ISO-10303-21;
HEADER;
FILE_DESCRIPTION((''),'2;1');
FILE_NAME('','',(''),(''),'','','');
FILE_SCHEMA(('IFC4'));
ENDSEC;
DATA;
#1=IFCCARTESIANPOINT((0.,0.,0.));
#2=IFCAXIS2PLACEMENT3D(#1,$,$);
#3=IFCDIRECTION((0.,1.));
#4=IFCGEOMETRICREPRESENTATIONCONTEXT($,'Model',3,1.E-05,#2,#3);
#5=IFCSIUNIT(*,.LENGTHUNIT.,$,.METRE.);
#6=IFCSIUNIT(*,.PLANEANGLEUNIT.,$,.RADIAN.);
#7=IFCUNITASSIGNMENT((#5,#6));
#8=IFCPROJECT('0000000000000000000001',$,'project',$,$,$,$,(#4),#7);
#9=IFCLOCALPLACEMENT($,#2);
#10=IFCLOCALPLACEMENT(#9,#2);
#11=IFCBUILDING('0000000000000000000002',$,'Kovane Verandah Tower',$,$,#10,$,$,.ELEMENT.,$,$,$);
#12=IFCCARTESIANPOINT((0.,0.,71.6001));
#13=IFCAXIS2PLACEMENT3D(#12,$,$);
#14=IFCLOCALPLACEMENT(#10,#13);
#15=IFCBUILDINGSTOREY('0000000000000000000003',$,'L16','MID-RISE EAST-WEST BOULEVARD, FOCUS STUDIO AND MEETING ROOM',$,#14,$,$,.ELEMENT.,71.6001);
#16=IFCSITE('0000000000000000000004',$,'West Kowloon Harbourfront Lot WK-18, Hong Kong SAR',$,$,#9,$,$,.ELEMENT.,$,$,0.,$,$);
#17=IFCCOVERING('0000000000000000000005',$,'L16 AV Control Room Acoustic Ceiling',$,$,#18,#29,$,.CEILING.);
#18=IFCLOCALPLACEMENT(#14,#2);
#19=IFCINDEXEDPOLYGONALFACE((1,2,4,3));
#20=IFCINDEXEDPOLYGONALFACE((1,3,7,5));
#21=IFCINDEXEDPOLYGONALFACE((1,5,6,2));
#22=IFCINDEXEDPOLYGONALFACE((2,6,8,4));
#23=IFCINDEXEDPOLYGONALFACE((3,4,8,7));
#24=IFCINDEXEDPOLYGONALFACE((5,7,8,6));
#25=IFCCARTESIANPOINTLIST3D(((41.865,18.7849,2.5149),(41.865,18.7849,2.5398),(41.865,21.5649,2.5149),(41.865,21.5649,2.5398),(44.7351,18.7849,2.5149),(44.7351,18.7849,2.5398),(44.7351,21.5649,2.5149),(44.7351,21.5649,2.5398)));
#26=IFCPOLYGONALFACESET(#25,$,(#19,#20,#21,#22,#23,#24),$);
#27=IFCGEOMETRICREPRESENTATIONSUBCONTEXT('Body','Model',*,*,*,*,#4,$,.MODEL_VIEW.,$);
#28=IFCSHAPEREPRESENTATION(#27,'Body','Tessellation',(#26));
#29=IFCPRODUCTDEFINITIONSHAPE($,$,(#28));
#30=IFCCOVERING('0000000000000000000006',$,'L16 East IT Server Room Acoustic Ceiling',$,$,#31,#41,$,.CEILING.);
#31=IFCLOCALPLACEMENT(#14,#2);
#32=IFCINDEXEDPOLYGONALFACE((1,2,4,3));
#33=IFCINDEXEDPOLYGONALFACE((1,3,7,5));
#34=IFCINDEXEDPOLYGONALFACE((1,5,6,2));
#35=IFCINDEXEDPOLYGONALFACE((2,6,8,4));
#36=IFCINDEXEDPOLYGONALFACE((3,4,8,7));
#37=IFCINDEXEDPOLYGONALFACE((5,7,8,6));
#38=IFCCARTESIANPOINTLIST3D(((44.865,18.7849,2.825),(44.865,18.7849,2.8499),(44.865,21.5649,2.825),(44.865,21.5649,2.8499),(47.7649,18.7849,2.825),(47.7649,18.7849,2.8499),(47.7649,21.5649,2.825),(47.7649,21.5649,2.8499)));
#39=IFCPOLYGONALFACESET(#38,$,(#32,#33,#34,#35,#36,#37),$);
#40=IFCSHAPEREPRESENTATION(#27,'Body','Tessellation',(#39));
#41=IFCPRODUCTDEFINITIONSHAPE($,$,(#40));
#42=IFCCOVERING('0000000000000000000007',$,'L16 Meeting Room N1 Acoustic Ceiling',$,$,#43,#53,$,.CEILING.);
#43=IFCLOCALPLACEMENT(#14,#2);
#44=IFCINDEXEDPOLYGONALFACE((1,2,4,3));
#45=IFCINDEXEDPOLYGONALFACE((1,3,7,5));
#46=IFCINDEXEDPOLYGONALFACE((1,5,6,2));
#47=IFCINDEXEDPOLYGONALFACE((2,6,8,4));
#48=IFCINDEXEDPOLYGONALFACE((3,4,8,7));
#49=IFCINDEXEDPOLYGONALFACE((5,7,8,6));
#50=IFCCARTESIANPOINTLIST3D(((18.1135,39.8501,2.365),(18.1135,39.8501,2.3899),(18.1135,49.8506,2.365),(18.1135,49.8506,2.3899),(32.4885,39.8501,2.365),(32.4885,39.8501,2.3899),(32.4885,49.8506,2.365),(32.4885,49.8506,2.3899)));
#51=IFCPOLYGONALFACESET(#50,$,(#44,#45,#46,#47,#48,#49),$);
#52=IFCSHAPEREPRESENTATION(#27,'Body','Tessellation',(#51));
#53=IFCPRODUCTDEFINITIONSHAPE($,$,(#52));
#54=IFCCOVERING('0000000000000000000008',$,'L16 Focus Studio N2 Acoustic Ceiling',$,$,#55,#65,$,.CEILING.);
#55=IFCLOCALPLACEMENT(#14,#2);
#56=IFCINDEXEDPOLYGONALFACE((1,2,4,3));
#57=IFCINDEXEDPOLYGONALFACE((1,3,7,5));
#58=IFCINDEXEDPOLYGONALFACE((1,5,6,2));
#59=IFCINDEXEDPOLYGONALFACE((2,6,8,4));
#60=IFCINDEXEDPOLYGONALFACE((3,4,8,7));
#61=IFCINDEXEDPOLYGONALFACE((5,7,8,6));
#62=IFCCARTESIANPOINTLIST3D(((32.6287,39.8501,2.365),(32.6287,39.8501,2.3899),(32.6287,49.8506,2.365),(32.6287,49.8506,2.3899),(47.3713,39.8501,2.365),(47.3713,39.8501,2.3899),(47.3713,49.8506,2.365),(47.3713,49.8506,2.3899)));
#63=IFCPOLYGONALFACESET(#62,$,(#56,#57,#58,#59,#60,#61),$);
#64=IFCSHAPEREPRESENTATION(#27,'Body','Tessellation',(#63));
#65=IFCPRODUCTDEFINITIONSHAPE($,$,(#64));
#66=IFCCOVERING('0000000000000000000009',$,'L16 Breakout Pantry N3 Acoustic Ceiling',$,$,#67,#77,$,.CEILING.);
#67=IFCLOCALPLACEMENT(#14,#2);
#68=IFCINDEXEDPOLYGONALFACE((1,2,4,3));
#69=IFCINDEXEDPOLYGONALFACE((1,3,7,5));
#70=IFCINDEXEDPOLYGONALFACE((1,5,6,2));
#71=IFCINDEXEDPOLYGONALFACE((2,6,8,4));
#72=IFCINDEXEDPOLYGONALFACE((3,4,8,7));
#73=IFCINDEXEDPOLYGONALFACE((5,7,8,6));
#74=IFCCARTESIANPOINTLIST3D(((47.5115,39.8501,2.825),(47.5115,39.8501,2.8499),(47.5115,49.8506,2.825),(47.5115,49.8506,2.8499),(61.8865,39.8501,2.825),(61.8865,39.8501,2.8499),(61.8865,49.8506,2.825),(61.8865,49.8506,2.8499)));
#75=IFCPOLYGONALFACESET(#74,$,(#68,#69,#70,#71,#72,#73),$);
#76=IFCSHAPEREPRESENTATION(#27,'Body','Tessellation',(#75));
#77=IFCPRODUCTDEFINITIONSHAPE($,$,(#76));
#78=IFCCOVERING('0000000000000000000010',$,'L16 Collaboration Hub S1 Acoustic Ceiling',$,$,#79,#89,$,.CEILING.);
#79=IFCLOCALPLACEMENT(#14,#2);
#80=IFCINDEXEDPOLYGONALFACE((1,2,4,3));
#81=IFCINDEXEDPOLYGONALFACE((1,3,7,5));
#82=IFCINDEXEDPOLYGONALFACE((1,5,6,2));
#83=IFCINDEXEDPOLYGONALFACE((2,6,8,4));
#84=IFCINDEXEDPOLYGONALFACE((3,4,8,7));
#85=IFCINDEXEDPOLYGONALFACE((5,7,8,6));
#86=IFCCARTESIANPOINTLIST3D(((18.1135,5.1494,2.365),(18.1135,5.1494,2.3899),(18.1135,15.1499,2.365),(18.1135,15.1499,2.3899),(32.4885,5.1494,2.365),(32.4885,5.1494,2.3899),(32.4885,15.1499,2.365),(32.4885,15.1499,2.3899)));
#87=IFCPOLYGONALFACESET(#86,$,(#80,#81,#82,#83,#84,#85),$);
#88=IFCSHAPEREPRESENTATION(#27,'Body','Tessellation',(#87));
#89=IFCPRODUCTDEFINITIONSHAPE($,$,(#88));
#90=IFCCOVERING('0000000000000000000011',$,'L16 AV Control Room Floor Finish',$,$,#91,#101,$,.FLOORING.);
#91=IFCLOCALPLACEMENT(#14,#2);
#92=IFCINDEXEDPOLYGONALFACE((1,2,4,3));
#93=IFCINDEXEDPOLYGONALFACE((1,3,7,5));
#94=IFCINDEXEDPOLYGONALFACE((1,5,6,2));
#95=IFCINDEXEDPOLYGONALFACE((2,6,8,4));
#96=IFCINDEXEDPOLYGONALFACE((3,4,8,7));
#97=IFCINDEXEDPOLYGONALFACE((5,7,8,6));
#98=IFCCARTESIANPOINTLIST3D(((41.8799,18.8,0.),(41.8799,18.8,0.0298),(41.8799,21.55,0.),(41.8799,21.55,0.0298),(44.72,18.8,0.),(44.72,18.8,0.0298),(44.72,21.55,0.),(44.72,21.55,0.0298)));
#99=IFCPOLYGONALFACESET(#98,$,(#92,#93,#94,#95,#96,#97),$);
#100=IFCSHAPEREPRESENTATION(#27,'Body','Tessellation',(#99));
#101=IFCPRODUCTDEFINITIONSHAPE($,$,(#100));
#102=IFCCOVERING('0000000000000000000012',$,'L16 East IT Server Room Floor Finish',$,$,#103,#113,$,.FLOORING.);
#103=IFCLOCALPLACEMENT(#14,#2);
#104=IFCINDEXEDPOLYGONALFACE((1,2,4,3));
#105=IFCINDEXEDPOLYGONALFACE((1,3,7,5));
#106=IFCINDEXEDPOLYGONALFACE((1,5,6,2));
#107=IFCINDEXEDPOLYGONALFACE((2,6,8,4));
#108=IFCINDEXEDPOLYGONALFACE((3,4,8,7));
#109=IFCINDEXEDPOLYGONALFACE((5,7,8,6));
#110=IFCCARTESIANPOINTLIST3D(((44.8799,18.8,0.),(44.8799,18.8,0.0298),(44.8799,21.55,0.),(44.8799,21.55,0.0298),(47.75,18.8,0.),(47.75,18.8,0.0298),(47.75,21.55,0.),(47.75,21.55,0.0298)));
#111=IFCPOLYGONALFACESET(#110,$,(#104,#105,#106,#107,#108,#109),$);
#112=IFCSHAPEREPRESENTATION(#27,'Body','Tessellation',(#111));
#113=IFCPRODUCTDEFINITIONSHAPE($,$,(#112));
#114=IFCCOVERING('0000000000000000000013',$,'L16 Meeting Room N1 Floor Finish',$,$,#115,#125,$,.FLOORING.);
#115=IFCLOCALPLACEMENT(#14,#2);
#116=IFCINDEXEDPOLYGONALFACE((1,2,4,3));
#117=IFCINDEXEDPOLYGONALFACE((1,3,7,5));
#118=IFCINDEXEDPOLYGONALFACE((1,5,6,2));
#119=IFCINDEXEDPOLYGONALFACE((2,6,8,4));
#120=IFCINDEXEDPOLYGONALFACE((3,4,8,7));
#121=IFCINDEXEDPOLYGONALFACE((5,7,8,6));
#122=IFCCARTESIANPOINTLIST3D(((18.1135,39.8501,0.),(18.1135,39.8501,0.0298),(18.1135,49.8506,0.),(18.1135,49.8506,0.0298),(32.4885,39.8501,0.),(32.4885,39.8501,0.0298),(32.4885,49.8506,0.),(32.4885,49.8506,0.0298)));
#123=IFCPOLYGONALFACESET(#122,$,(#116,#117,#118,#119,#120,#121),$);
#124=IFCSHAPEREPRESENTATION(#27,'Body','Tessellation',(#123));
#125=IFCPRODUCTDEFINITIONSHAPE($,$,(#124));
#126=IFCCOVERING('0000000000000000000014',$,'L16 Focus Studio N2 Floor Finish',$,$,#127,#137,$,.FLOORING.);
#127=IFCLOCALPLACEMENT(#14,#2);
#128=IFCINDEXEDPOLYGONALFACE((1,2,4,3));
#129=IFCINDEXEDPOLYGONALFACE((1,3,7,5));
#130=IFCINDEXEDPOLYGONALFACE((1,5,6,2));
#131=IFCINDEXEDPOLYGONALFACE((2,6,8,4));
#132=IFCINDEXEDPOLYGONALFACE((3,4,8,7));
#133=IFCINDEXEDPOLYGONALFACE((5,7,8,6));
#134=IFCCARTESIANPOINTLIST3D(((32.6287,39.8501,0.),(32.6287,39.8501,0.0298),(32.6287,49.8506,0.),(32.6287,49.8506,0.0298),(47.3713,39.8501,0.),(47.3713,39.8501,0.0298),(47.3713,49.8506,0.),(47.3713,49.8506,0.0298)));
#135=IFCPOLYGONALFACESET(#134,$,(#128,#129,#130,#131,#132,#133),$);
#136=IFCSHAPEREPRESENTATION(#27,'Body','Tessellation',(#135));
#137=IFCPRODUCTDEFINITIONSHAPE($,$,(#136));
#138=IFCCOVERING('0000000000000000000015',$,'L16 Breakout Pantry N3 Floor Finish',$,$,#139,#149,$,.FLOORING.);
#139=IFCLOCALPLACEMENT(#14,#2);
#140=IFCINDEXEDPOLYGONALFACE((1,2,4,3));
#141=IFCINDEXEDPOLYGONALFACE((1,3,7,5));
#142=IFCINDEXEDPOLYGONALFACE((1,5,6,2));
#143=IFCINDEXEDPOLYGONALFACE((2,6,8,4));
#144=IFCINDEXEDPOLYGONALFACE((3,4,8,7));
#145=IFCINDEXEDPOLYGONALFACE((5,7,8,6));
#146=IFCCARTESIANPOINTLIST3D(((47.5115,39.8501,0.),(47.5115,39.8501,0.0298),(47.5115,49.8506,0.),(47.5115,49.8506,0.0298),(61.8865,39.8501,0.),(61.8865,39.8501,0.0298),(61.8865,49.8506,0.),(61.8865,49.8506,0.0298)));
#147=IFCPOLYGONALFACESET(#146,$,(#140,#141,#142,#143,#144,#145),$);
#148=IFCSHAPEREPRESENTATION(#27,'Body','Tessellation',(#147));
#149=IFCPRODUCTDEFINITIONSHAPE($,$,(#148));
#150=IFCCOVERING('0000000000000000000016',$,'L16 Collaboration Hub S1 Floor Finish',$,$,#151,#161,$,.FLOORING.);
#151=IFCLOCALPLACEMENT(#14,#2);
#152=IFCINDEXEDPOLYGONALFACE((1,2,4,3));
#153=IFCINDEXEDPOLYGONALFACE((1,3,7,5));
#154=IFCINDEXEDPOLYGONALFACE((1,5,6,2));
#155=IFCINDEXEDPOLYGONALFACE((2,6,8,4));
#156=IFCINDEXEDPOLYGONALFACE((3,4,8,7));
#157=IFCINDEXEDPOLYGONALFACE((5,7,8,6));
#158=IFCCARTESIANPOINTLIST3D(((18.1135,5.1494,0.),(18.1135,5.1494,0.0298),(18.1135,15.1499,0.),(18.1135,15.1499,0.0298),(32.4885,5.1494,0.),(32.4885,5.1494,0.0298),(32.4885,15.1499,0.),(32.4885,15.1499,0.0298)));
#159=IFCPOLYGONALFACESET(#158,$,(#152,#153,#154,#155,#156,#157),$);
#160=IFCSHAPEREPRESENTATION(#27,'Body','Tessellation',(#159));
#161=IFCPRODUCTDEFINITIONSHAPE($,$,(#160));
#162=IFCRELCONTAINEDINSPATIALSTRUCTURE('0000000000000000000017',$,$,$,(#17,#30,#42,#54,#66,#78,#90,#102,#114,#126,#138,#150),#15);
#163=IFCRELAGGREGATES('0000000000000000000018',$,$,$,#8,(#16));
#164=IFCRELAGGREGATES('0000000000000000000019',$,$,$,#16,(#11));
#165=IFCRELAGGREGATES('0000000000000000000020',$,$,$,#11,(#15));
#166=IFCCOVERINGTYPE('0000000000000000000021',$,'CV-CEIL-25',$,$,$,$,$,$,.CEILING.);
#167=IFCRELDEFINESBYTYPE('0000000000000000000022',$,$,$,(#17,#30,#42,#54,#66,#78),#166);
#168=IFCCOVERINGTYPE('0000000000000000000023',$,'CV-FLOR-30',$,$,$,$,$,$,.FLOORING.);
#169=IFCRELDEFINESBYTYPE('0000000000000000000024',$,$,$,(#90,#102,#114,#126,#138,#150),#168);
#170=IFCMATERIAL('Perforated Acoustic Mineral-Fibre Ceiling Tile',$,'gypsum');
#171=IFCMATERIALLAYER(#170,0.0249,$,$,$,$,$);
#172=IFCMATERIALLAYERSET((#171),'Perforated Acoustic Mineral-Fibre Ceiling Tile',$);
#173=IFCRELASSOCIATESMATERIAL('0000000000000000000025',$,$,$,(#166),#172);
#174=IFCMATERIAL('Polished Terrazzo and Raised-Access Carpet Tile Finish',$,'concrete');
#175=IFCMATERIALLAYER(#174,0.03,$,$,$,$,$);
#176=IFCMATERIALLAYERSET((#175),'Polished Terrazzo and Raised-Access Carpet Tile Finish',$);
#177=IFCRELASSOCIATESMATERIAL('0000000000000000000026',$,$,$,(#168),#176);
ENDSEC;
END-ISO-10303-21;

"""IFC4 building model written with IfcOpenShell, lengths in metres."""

from ifc_helpers import new_model, si_unit, direction, frame, origin, place, context, subcontext, project, spatial, polyline, outline, extrude, material, layer, layer_set, type_object, element, save


model = new_model("IFC4")

# Units and contexts
model_context = context("Model", 3, precision=1e-05, world=origin(), true_north=direction((0.0, 1.0)))
body_context = subcontext(model_context, "Body", "Model", "MODEL_VIEW")
ifc_project = project(units=[si_unit("LENGTHUNIT", "METRE"), si_unit("PLANEANGLEUNIT", "RADIAN")], contexts=[model_context])

# Site, building, storey
site_placement = place(None, origin())
site = spatial("IfcSite", under=ifc_project, at=site_placement, Name="West Kowloon Harbourfront Lot WK-18, Hong Kong SAR", CompositionType="ELEMENT", RefElevation=0.0)
building_placement = place(site_placement, origin())
building = spatial("IfcBuilding", under=site, at=building_placement, Name="Kovane Verandah Tower", CompositionType="ELEMENT")
storey_placement = place(building_placement, frame((0.0, 0.0, 71.6001)))
storey = spatial("IfcBuildingStorey", under=building, at=storey_placement, Name="L16", Description="MID-RISE EAST-WEST BOULEVARD, FOCUS STUDIO AND MEETING ROOM", CompositionType="ELEMENT", Elevation=71.6001)

# Coverings
ifc_material_1 = material(Name="Perforated Acoustic Mineral-Fibre Ceiling Tile", Category="gypsum")
ifc_layer_1 = layer(ifc_material_1, 0.0249)
ifc_layer_set_1 = layer_set([ifc_layer_1], Name="Perforated Acoustic Mineral-Fibre Ceiling Tile")
covering_type_1 = type_object("IfcCoveringType", Name="CV-CEIL-25", PredefinedType="CEILING", material=ifc_layer_set_1)
covering_1_placement = place(storey_placement, frame((0.0, 0.0, 2.5149)))
element("IfcCovering", 1, at=covering_1_placement, inside=storey, type_object=covering_type_1, Name="L16 AV Control Room Acoustic Ceiling", PredefinedType="CEILING", context=body_context, shape_type="SweptSolid", body=[
    extrude(outline(polyline([(41.865, 18.7849), (44.7351, 18.7849), (44.7351, 21.5649), (41.865, 21.5649), (41.865, 18.7849)])), origin(), (0.0, 0.0, 1.0), 0.0249),
])
covering_2_placement = place(storey_placement, frame((0.0, 0.0, 2.825)))
element("IfcCovering", 2, at=covering_2_placement, inside=storey, type_object=covering_type_1, Name="L16 East IT Server Room Acoustic Ceiling", PredefinedType="CEILING", context=body_context, shape_type="SweptSolid", body=[
    extrude(outline(polyline([(44.865, 18.7849), (47.7649, 18.7849), (47.7649, 21.5649), (44.865, 21.5649), (44.865, 18.7849)])), origin(), (0.0, 0.0, 1.0), 0.0249),
])
covering_3_placement = place(storey_placement, frame((0.0, 0.0, 2.365)))
element("IfcCovering", 3, at=covering_3_placement, inside=storey, type_object=covering_type_1, Name="L16 Meeting Room N1 Acoustic Ceiling", PredefinedType="CEILING", context=body_context, shape_type="SweptSolid", body=[
    extrude(outline(polyline([(18.1135, 39.8501), (32.4885, 39.8501), (32.4885, 49.8506), (18.1135, 49.8506), (18.1135, 39.8501)])), origin(), (0.0, 0.0, 1.0), 0.0249),
])
covering_4_placement = place(storey_placement, frame((0.0, 0.0, 2.365)))
element("IfcCovering", 4, at=covering_4_placement, inside=storey, type_object=covering_type_1, Name="L16 Focus Studio N2 Acoustic Ceiling", PredefinedType="CEILING", context=body_context, shape_type="SweptSolid", body=[
    extrude(outline(polyline([(32.6287, 39.8501), (47.3713, 39.8501), (47.3713, 49.8506), (32.6287, 49.8506), (32.6287, 39.8501)])), origin(), (0.0, 0.0, 1.0), 0.0249),
])
covering_5_placement = place(storey_placement, frame((0.0, 0.0, 2.825)))
element("IfcCovering", 5, at=covering_5_placement, inside=storey, type_object=covering_type_1, Name="L16 Breakout Pantry N3 Acoustic Ceiling", PredefinedType="CEILING", context=body_context, shape_type="SweptSolid", body=[
    extrude(outline(polyline([(47.5115, 39.8501), (61.8865, 39.8501), (61.8865, 49.8506), (47.5115, 49.8506), (47.5115, 39.8501)])), origin(), (0.0, 0.0, 1.0), 0.0249),
])
covering_6_placement = place(storey_placement, frame((0.0, 0.0, 2.365)))
element("IfcCovering", 6, at=covering_6_placement, inside=storey, type_object=covering_type_1, Name="L16 Collaboration Hub S1 Acoustic Ceiling", PredefinedType="CEILING", context=body_context, shape_type="SweptSolid", body=[
    extrude(outline(polyline([(18.1135, 5.1494), (32.4885, 5.1494), (32.4885, 15.1499), (18.1135, 15.1499), (18.1135, 5.1494)])), origin(), (0.0, 0.0, 1.0), 0.0249),
])
ifc_material_2 = material(Name="Polished Terrazzo and Raised-Access Carpet Tile Finish", Category="concrete")
ifc_layer_2 = layer(ifc_material_2, 0.03)
ifc_layer_set_2 = layer_set([ifc_layer_2], Name="Polished Terrazzo and Raised-Access Carpet Tile Finish")
covering_type_2 = type_object("IfcCoveringType", Name="CV-FLOR-30", PredefinedType="FLOORING", material=ifc_layer_set_2)
covering_7_placement = place(storey_placement, origin())
element("IfcCovering", 7, at=covering_7_placement, inside=storey, type_object=covering_type_2, Name="L16 AV Control Room Floor Finish", PredefinedType="FLOORING", context=body_context, shape_type="SweptSolid", body=[
    extrude(outline(polyline([(41.8799, 18.8), (44.72, 18.8), (44.72, 21.55), (41.8799, 21.55), (41.8799, 18.8)])), origin(), (0.0, 0.0, 1.0), 0.0298),
])
covering_8_placement = place(storey_placement, origin())
element("IfcCovering", 8, at=covering_8_placement, inside=storey, type_object=covering_type_2, Name="L16 East IT Server Room Floor Finish", PredefinedType="FLOORING", context=body_context, shape_type="SweptSolid", body=[
    extrude(outline(polyline([(44.8799, 18.8), (47.75, 18.8), (47.75, 21.55), (44.8799, 21.55), (44.8799, 18.8)])), origin(), (0.0, 0.0, 1.0), 0.0298),
])
covering_9_placement = place(storey_placement, origin())
element("IfcCovering", 9, at=covering_9_placement, inside=storey, type_object=covering_type_2, Name="L16 Meeting Room N1 Floor Finish", PredefinedType="FLOORING", context=body_context, shape_type="SweptSolid", body=[
    extrude(outline(polyline([(18.1135, 39.8501), (32.4885, 39.8501), (32.4885, 49.8506), (18.1135, 49.8506), (18.1135, 39.8501)])), origin(), (0.0, 0.0, 1.0), 0.0298),
])
covering_10_placement = place(storey_placement, origin())
element("IfcCovering", 10, at=covering_10_placement, inside=storey, type_object=covering_type_2, Name="L16 Focus Studio N2 Floor Finish", PredefinedType="FLOORING", context=body_context, shape_type="SweptSolid", body=[
    extrude(outline(polyline([(32.6287, 39.8501), (47.3713, 39.8501), (47.3713, 49.8506), (32.6287, 49.8506), (32.6287, 39.8501)])), origin(), (0.0, 0.0, 1.0), 0.0298),
])
covering_11_placement = place(storey_placement, origin())
element("IfcCovering", 11, at=covering_11_placement, inside=storey, type_object=covering_type_2, Name="L16 Breakout Pantry N3 Floor Finish", PredefinedType="FLOORING", context=body_context, shape_type="SweptSolid", body=[
    extrude(outline(polyline([(47.5115, 39.8501), (61.8865, 39.8501), (61.8865, 49.8506), (47.5115, 49.8506), (47.5115, 39.8501)])), origin(), (0.0, 0.0, 1.0), 0.0298),
])
covering_12_placement = place(storey_placement, origin())
element("IfcCovering", 12, at=covering_12_placement, inside=storey, type_object=covering_type_2, Name="L16 Collaboration Hub S1 Floor Finish", PredefinedType="FLOORING", context=body_context, shape_type="SweptSolid", body=[
    extrude(outline(polyline([(18.1135, 5.1494), (32.4885, 5.1494), (32.4885, 15.1499), (18.1135, 15.1499), (18.1135, 5.1494)])), origin(), (0.0, 0.0, 1.0), 0.0298),
])

save(model, "model.ifc")
